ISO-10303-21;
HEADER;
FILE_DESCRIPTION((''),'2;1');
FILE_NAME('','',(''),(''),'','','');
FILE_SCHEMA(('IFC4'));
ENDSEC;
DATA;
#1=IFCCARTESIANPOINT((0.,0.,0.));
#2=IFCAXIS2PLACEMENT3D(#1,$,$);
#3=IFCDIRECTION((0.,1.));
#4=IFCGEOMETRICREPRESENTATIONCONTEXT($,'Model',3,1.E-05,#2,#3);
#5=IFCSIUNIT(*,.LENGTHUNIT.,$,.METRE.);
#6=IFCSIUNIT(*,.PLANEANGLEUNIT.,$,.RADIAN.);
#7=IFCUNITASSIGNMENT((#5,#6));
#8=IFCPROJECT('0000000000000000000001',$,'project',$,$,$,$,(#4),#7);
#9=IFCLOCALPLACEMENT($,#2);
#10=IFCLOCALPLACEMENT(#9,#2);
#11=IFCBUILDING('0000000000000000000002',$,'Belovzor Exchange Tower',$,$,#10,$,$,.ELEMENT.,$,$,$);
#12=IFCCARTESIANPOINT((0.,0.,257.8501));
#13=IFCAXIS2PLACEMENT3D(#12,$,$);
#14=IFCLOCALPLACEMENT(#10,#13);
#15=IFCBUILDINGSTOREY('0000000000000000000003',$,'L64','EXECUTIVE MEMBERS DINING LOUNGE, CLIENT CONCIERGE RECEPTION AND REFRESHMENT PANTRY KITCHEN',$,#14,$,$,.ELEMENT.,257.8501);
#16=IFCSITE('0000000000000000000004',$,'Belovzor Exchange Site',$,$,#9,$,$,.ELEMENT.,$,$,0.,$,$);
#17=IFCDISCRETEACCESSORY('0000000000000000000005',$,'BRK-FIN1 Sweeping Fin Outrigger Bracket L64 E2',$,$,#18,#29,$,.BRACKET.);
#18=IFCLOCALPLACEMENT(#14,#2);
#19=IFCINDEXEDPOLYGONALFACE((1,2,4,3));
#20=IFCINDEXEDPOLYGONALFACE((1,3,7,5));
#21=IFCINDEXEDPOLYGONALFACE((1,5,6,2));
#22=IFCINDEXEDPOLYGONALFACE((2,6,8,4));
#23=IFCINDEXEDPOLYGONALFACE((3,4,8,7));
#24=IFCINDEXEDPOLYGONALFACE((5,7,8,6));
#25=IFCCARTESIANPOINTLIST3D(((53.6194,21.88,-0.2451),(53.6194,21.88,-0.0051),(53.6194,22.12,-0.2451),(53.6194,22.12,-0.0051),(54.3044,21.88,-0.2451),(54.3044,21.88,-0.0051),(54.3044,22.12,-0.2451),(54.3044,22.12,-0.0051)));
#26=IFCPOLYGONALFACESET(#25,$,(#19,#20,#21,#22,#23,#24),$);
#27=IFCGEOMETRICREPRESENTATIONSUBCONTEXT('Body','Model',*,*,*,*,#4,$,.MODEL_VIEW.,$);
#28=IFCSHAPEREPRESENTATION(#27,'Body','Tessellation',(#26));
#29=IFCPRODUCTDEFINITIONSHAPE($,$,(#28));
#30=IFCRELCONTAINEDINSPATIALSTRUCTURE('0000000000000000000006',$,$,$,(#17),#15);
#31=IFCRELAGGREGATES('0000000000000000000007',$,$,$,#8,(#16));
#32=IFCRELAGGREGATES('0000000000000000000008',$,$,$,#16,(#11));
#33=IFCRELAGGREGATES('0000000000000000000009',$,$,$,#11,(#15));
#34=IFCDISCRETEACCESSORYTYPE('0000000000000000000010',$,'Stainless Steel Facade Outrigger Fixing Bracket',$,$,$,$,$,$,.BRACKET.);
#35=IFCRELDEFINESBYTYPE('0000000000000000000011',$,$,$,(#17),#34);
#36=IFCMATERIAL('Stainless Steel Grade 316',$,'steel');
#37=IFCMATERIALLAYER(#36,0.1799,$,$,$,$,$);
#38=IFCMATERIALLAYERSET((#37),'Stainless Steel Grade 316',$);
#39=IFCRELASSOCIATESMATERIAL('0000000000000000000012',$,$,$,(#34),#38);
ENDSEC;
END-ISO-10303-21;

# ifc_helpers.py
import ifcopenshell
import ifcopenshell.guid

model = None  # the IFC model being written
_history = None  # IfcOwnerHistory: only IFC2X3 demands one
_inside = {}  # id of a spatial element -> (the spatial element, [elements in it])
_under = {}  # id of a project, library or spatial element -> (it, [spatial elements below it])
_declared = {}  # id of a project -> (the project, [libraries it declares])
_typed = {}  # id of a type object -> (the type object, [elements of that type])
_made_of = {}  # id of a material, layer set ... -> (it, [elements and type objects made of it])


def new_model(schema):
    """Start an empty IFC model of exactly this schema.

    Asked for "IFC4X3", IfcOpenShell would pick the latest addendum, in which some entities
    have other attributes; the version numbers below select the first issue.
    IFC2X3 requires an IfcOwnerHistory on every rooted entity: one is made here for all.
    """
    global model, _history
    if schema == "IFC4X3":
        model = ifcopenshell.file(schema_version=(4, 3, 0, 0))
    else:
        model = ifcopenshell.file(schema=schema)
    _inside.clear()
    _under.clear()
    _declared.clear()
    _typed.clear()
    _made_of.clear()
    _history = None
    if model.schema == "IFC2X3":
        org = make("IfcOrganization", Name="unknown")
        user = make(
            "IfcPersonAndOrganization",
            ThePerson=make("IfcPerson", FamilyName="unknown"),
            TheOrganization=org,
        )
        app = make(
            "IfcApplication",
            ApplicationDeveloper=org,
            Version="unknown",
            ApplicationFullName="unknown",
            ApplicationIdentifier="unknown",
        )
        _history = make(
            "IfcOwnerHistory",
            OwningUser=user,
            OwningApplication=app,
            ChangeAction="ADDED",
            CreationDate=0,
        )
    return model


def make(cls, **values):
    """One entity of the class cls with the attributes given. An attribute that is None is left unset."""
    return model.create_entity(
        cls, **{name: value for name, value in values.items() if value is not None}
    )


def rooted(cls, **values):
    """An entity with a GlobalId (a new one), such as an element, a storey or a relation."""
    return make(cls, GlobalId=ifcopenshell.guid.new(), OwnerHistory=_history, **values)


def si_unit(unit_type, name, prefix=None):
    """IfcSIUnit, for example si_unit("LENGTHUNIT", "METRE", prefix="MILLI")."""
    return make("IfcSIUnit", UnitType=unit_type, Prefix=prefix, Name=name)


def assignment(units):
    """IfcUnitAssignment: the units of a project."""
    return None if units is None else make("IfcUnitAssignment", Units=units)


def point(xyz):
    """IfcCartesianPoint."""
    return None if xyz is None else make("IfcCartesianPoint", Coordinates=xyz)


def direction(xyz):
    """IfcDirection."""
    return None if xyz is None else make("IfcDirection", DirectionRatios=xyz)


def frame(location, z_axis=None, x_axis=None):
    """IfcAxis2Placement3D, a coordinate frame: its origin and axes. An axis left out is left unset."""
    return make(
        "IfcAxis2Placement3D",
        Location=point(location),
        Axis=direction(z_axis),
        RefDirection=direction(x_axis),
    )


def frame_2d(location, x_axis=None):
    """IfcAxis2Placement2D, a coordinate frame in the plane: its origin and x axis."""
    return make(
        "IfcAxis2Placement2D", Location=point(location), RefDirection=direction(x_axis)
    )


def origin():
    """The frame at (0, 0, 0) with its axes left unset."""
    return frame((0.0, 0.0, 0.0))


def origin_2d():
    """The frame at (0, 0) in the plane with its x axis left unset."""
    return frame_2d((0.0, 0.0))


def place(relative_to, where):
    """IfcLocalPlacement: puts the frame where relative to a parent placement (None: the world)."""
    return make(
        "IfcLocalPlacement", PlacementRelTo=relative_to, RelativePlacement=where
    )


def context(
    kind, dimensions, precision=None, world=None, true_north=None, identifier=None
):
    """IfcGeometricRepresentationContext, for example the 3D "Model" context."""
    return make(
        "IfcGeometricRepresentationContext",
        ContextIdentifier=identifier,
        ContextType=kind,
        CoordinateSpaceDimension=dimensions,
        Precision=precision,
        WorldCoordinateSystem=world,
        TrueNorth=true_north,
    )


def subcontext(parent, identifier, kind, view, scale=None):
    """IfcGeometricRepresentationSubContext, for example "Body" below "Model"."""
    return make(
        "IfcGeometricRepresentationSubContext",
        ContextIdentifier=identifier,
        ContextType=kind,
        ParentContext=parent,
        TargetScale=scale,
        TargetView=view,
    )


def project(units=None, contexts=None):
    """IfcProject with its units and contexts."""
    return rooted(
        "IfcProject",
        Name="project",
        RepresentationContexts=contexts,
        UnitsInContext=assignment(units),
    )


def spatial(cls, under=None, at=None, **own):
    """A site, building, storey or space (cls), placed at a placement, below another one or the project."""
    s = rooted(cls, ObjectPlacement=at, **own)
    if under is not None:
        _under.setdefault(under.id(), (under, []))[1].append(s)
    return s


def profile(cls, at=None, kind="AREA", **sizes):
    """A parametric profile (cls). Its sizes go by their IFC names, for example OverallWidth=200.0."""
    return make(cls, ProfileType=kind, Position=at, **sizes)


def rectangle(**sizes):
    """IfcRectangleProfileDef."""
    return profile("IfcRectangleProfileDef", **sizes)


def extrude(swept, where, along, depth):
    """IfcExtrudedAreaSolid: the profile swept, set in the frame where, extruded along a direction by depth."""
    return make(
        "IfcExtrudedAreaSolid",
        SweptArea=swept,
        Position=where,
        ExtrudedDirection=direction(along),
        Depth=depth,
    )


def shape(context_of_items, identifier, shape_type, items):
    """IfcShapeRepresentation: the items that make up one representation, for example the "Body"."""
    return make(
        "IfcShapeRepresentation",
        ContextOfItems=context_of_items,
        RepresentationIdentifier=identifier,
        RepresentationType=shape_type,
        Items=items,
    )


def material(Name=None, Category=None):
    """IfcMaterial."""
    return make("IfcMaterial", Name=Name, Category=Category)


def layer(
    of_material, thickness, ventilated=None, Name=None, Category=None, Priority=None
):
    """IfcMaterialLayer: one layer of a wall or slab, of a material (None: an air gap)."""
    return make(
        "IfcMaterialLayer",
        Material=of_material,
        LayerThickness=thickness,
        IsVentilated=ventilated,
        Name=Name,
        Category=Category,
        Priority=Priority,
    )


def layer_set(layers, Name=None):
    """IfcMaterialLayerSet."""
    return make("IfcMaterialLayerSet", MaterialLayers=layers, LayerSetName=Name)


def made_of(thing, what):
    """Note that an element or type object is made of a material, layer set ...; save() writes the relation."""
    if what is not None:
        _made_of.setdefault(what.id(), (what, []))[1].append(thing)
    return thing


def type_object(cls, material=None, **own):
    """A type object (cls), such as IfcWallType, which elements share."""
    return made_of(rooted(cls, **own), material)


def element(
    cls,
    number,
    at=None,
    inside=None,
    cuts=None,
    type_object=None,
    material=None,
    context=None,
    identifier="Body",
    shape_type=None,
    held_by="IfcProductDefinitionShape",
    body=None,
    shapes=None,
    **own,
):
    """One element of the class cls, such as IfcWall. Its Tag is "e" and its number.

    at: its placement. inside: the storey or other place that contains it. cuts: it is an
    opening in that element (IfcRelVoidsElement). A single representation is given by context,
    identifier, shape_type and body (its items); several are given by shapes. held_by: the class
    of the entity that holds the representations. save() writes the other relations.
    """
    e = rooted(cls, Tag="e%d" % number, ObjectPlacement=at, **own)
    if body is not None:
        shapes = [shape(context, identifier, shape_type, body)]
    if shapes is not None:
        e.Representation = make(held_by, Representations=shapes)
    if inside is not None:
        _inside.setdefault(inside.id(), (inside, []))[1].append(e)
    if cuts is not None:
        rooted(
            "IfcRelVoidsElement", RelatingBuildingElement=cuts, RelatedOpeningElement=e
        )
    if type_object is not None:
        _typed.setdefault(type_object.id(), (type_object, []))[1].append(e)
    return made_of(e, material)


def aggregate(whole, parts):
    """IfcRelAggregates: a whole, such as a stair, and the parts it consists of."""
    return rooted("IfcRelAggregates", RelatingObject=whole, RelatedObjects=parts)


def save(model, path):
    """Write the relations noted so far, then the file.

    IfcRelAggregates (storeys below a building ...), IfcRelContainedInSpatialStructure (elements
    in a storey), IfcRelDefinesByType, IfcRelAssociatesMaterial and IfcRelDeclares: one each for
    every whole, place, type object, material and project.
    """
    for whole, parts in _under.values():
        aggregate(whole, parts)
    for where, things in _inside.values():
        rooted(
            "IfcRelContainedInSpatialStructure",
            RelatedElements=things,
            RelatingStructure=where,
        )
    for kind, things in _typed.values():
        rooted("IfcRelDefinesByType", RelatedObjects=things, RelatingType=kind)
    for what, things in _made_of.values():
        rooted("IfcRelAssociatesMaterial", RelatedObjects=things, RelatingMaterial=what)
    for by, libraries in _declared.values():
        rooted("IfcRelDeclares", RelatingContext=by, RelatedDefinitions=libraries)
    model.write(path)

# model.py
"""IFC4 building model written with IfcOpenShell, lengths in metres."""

from ifc_helpers import new_model, si_unit, direction, frame, origin, origin_2d, place, context, subcontext, project, spatial, rectangle, extrude, material, layer, layer_set, type_object, element, save


model = new_model("IFC4")

# Units and contexts
model_context = context("Model", 3, precision=1e-05, world=origin(), true_north=direction((0.0, 1.0)))
body_context = subcontext(model_context, "Body", "Model", "MODEL_VIEW")
ifc_project = project(units=[si_unit("LENGTHUNIT", "METRE"), si_unit("PLANEANGLEUNIT", "RADIAN")], contexts=[model_context])

# Site, building, storey
site_placement = place(None, origin())
site = spatial("IfcSite", under=ifc_project, at=site_placement, Name="Belovzor Exchange Site", CompositionType="ELEMENT", RefElevation=0.0)
building_placement = place(site_placement, origin())
building = spatial("IfcBuilding", under=site, at=building_placement, Name="Belovzor Exchange Tower", CompositionType="ELEMENT")
storey_placement = place(building_placement, frame((0.0, 0.0, 257.8501)))
storey = spatial("IfcBuildingStorey", under=building, at=storey_placement, Name="L64", Description="EXECUTIVE MEMBERS DINING LOUNGE, CLIENT CONCIERGE RECEPTION AND REFRESHMENT PANTRY KITCHEN", CompositionType="ELEMENT", Elevation=257.8501)

# Discrete accessory
ifc_material_1 = material(Name="Stainless Steel Grade 316", Category="steel")
ifc_layer_1 = layer(ifc_material_1, 0.1799)
ifc_layer_set_1 = layer_set([ifc_layer_1], Name="Stainless Steel Grade 316")
discrete_accessory_type = type_object("IfcDiscreteAccessoryType", Name="Stainless Steel Facade Outrigger Fixing Bracket", PredefinedType="BRACKET", material=ifc_layer_set_1)
discrete_accessory_placement = place(storey_placement, frame((53.9619, 22.0, -0.2451), z_axis=(0.0, 0.0, 1.0), x_axis=(1.0, 0.0, 0.0)))
element("IfcDiscreteAccessory", 1, at=discrete_accessory_placement, inside=storey, type_object=discrete_accessory_type, Name="BRK-FIN1 Sweeping Fin Outrigger Bracket L64 E2", PredefinedType="BRACKET", context=body_context, shape_type="SweptSolid", body=[
    extrude(rectangle(XDim=0.6851, YDim=0.24, at=origin_2d()), origin(), (0.0, 0.0, 1.0), 0.24),
])

save(model, "model.ifc")
